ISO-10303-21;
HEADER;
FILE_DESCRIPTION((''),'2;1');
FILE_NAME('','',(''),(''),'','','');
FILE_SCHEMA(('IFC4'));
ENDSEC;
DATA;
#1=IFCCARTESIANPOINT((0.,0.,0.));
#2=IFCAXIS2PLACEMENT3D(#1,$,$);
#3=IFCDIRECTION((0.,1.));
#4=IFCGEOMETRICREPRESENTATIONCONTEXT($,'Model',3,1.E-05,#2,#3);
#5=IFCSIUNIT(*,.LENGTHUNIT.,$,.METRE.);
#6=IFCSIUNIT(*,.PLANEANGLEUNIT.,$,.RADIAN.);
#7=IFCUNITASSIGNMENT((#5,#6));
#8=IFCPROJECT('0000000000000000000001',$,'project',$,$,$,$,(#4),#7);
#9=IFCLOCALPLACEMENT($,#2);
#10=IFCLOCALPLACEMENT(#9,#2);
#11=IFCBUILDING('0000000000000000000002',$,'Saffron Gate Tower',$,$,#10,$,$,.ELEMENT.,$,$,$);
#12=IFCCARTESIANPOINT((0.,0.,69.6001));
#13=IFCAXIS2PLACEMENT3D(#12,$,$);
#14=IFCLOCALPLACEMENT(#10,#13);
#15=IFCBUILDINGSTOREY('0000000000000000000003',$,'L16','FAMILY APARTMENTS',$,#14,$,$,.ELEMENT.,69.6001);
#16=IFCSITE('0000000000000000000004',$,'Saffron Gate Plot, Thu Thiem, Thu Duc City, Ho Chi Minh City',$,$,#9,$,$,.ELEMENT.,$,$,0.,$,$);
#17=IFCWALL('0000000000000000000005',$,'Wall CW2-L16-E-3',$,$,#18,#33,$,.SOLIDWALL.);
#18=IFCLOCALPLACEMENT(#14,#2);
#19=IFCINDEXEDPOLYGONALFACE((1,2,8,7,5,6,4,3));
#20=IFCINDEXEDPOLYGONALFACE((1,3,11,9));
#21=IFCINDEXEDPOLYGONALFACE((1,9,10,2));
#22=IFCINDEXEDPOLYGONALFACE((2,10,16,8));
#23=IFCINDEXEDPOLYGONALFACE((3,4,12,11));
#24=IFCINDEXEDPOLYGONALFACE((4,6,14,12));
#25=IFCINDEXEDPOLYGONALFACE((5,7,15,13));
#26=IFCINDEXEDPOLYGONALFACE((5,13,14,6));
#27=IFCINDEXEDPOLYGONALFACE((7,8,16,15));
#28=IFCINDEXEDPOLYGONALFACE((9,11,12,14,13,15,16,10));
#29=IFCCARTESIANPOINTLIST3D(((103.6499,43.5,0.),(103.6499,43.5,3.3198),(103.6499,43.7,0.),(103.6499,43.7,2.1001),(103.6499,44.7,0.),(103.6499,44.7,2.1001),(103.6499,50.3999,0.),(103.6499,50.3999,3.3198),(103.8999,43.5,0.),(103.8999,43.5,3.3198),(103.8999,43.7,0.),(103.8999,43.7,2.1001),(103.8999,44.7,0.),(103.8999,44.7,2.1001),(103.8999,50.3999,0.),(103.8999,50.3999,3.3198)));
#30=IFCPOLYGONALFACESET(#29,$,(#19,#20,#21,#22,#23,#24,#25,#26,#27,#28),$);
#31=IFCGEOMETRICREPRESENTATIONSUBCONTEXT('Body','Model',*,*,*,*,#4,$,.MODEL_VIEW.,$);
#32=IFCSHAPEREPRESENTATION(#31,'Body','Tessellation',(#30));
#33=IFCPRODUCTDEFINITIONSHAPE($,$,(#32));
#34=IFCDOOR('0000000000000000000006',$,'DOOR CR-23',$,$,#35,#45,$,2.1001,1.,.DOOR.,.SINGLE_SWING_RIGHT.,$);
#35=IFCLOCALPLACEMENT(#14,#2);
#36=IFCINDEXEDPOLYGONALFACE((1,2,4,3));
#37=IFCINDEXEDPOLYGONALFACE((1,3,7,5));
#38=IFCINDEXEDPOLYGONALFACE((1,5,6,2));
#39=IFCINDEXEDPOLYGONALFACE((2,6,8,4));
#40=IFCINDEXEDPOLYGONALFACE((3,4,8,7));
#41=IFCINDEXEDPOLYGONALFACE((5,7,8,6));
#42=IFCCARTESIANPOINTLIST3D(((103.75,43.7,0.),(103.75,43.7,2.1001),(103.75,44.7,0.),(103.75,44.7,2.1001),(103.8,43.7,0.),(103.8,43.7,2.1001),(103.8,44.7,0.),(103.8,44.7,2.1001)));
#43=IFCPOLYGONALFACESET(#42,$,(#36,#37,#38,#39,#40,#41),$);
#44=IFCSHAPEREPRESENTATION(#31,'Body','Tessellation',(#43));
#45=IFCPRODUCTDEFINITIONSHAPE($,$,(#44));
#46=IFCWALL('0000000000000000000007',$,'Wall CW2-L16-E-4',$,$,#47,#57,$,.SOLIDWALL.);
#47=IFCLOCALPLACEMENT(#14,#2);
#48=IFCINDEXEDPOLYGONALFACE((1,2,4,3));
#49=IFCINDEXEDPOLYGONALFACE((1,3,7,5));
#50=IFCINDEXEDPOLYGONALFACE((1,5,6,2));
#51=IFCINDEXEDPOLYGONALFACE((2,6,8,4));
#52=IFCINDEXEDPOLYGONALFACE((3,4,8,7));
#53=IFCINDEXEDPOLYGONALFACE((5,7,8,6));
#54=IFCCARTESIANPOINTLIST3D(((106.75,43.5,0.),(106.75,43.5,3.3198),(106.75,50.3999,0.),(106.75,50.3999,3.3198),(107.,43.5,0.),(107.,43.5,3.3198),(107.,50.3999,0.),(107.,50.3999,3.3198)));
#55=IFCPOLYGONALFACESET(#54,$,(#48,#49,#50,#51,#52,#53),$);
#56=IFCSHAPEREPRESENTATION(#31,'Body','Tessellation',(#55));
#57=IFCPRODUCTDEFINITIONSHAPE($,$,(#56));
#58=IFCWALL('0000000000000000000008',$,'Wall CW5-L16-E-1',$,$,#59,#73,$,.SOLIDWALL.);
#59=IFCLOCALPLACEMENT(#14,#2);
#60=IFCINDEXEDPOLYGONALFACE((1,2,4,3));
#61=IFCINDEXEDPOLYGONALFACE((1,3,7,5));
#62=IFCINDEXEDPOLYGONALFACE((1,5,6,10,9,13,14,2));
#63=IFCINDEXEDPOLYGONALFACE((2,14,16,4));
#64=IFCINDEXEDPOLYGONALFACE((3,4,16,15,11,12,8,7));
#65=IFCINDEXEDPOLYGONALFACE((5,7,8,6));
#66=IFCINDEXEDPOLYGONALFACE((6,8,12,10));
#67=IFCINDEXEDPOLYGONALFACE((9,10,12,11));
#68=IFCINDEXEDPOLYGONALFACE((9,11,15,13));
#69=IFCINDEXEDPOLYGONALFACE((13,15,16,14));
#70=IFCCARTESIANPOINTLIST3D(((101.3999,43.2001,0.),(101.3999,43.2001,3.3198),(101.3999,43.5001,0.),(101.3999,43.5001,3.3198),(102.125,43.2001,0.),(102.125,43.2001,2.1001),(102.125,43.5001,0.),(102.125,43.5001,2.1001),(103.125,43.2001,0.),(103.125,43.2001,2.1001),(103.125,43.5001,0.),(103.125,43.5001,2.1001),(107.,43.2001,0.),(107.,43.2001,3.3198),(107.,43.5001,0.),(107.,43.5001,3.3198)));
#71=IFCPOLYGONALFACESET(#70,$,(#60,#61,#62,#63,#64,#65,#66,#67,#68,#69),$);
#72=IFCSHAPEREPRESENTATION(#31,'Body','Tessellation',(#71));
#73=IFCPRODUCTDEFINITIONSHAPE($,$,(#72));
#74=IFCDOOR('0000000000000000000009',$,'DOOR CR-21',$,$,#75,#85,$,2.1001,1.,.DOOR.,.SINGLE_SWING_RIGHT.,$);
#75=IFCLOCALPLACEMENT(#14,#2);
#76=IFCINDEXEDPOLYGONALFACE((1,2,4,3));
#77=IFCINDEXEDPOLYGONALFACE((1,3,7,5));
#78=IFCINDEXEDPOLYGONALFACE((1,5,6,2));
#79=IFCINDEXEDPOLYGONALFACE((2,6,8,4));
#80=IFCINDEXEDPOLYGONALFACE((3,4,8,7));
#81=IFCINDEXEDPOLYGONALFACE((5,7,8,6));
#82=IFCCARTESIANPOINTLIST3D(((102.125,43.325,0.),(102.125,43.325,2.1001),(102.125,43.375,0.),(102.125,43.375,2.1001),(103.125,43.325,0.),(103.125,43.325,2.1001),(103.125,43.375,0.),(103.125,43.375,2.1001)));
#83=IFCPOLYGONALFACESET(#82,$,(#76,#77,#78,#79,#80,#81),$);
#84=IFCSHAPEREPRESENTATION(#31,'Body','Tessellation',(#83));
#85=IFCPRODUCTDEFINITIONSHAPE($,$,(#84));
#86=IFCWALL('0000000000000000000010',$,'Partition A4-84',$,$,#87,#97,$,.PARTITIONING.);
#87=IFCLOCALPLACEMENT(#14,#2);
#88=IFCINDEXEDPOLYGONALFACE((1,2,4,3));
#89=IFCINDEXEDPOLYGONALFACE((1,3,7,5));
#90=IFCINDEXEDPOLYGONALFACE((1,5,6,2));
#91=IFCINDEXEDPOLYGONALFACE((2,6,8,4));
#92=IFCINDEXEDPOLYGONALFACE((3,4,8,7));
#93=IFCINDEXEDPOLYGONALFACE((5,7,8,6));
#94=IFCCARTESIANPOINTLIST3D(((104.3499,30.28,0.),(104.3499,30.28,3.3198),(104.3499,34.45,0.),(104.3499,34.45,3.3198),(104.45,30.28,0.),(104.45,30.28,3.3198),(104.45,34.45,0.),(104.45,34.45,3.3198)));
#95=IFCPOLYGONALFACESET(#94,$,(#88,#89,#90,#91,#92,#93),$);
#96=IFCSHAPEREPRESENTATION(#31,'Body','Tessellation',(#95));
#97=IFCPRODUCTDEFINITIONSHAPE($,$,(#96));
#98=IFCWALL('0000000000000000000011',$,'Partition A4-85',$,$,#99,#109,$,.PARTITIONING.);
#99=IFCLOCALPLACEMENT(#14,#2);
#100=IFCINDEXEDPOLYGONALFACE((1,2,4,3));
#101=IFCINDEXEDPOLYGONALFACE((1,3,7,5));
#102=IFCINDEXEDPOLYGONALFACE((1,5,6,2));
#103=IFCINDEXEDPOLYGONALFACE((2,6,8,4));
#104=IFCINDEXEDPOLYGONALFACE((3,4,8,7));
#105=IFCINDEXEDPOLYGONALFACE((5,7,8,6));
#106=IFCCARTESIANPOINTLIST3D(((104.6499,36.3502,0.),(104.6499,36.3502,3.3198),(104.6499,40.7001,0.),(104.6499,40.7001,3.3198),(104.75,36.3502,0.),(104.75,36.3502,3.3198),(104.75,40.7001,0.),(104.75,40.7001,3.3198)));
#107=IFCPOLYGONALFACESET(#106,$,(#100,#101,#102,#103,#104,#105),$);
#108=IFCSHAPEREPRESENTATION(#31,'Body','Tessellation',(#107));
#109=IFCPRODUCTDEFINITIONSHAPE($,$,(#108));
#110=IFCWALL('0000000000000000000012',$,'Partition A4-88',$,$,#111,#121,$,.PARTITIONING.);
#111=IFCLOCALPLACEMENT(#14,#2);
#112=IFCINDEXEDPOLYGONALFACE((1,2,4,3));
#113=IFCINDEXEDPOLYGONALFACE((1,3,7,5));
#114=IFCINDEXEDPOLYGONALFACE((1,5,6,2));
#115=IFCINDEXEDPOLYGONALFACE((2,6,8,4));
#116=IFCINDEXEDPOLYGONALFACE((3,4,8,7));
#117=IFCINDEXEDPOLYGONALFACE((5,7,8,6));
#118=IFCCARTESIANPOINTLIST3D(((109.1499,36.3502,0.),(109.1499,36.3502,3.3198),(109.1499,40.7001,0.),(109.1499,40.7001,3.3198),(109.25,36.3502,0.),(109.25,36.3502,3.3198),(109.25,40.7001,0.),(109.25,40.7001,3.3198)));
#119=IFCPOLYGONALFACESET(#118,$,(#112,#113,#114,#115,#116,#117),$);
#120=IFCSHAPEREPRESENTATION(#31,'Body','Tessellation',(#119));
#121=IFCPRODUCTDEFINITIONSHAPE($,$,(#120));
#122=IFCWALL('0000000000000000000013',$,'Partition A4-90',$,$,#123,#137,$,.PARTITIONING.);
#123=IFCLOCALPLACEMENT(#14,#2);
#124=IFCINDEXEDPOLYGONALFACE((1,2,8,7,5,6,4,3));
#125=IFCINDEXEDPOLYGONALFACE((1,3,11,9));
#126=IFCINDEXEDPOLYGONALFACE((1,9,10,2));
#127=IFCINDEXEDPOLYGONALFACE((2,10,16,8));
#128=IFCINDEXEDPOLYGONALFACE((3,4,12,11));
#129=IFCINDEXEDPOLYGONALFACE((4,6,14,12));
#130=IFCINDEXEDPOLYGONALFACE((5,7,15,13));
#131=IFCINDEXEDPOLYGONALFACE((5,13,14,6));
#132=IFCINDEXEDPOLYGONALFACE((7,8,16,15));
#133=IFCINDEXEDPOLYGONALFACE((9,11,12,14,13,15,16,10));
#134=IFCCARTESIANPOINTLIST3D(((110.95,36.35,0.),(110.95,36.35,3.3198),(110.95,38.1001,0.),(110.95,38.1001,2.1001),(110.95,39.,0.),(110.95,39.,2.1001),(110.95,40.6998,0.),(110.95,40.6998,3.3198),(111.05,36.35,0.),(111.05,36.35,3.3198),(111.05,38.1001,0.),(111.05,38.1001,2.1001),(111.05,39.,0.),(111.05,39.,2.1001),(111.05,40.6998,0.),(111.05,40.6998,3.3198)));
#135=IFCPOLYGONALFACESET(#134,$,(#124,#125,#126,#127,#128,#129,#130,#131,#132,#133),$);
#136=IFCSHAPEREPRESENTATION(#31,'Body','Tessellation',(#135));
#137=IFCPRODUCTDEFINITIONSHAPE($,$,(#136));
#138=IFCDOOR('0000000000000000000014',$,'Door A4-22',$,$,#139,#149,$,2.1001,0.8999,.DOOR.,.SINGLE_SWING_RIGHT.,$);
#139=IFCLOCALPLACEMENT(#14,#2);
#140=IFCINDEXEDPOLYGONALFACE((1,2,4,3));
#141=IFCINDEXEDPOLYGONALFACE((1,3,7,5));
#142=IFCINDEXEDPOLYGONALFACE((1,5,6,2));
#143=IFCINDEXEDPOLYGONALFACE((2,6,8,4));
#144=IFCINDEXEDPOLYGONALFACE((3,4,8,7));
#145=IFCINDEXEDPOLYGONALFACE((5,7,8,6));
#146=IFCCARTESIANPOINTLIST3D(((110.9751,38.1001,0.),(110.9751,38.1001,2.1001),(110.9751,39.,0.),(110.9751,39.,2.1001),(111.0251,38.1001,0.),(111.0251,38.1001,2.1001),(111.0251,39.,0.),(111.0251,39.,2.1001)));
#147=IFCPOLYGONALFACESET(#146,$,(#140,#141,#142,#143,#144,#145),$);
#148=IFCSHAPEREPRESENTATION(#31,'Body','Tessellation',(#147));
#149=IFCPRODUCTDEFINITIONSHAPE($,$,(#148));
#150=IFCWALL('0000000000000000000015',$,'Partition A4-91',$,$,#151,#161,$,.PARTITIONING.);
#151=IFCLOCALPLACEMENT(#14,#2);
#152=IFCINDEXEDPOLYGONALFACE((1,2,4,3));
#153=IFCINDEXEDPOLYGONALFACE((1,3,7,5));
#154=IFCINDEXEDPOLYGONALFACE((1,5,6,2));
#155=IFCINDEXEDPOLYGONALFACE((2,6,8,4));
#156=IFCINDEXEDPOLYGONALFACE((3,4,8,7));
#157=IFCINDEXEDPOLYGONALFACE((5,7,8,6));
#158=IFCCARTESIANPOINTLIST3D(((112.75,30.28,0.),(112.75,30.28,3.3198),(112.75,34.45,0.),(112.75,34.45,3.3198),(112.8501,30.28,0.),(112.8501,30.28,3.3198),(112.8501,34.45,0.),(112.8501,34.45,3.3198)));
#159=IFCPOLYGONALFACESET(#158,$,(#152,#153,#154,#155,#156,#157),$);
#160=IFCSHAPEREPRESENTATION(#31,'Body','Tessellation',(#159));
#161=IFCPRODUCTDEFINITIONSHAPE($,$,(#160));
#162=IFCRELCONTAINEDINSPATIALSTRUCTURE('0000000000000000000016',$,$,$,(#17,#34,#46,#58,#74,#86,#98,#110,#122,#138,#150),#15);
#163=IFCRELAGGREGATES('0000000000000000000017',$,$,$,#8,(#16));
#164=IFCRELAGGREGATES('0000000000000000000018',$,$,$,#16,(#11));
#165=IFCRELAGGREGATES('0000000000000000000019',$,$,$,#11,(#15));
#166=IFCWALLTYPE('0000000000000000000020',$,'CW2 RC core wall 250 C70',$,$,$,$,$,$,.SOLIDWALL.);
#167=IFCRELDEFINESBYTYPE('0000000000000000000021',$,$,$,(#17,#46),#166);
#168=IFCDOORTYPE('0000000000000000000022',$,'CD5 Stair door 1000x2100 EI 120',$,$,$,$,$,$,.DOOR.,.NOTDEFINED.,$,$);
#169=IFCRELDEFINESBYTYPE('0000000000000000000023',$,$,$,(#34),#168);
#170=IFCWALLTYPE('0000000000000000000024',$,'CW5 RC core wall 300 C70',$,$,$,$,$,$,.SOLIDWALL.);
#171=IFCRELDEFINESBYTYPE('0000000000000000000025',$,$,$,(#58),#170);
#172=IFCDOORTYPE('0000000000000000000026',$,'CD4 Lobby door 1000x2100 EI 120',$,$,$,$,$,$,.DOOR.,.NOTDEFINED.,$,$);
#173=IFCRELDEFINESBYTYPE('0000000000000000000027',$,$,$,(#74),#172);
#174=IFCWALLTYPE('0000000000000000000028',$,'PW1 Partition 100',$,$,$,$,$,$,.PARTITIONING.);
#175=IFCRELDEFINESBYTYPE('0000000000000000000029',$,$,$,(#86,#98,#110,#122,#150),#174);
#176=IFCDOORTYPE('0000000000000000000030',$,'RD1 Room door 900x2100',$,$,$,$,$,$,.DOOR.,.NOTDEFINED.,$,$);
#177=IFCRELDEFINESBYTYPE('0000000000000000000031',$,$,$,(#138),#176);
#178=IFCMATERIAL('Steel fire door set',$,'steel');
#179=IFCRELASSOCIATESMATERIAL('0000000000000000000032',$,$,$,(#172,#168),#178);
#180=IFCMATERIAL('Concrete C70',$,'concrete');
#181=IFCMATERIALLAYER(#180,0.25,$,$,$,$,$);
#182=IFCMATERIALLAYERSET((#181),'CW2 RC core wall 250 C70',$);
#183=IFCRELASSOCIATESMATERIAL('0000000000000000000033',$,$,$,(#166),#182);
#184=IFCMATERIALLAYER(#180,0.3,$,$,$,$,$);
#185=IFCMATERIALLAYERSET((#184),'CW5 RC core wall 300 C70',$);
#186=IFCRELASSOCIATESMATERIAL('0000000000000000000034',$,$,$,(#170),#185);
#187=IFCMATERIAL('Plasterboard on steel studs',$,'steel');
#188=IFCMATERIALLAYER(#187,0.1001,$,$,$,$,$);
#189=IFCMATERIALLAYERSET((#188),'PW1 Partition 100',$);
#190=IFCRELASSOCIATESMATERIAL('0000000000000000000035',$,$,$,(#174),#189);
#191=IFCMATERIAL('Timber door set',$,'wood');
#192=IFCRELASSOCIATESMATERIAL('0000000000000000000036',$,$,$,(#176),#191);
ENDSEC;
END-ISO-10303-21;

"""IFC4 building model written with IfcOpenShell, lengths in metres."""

from ifc_helpers import new_model, si_unit, direction, frame, frame_2d, origin, place, context, subcontext, project, spatial, rectangle, extrude, material, layer, layer_set, type_object, element, fill, save


model = new_model("IFC4")

# Units and contexts
model_context = context("Model", 3, precision=1e-05, world=origin(), true_north=direction((0.0, 1.0)))
body_context = subcontext(model_context, "Body", "Model", "MODEL_VIEW")
ifc_project = project(units=[si_unit("LENGTHUNIT", "METRE"), si_unit("PLANEANGLEUNIT", "RADIAN")], contexts=[model_context])

# Site, building, storey
site_placement = place(None, origin())
site = spatial("IfcSite", under=ifc_project, at=site_placement, Name="Saffron Gate Plot, Thu Thiem, Thu Duc City, Ho Chi Minh City", CompositionType="ELEMENT", RefElevation=0.0)
building_placement = place(site_placement, origin())
building = spatial("IfcBuilding", under=site, at=building_placement, Name="Saffron Gate Tower", CompositionType="ELEMENT")
storey_placement = place(building_placement, frame((0.0, 0.0, 69.6001)))
storey = spatial("IfcBuildingStorey", under=building, at=storey_placement, Name="L16", Description="FAMILY APARTMENTS", CompositionType="ELEMENT", Elevation=69.6001)

# Wall, opening, door
ifc_material_1 = material(Name="Steel fire door set", Category="steel")
door_type_1 = type_object("IfcDoorType", Name="CD4 Lobby door 1000x2100 EI 120", OperationType="NOTDEFINED", PredefinedType="DOOR", material=ifc_material_1)
ifc_material_2 = material(Name="Concrete C70", Category="concrete")
ifc_layer_1 = layer(ifc_material_2, 0.25)
ifc_layer_set_1 = layer_set([ifc_layer_1], Name="CW2 RC core wall 250 C70")
wall_type_1 = type_object("IfcWallType", Name="CW2 RC core wall 250 C70", PredefinedType="SOLIDWALL", material=ifc_layer_set_1)
wall_1_placement = place(storey_placement, frame((103.7749, 43.5, 0.0), z_axis=(0.0, 0.0, 1.0), x_axis=(0.0, 1.0, 0.0)))
wall_1 = element("IfcWall", 1, at=wall_1_placement, inside=storey, type_object=wall_type_1, Name="Wall CW2-L16-E-3", PredefinedType="SOLIDWALL", context=body_context, shape_type="SweptSolid", body=[
    extrude(rectangle(XDim=6.8999, YDim=0.25, at=frame_2d((3.45, 0.0))), origin(), (0.0, 0.0, 1.0), 3.3198),
])
opening_1_placement = place(wall_1_placement, frame((0.2, 0.0, 0.0)))
opening_1 = element("IfcOpeningElement", 2, at=opening_1_placement, cuts=wall_1, PredefinedType="OPENING", context=body_context, shape_type="SweptSolid", body=[
    extrude(rectangle(XDim=1.0, YDim=2.1001, at=frame_2d((0.5, 1.05))), frame((0.0, 0.135, 0.0), z_axis=(0.0, -1.0, 0.0), x_axis=(1.0, 0.0, 0.0)), (0.0, 0.0, 1.0), 0.27),
])
door_type_2 = type_object("IfcDoorType", Name="CD5 Stair door 1000x2100 EI 120", OperationType="NOTDEFINED", PredefinedType="DOOR", material=ifc_material_1)
door_1_placement = place(opening_1_placement, origin())
door_1 = element("IfcDoor", 3, at=door_1_placement, inside=storey, type_object=door_type_2, Name="DOOR CR-23", OperationType="SINGLE_SWING_RIGHT", OverallHeight=2.1001, OverallWidth=1.0, PredefinedType="DOOR", context=body_context, shape_type="SweptSolid", body=[
    extrude(rectangle(XDim=1.0, YDim=2.1001, at=frame_2d((0.5, 1.05))), frame((0.0, 0.0249, 0.0), z_axis=(0.0, -1.0, 0.0), x_axis=(1.0, 0.0, 0.0)), (0.0, 0.0, 1.0), 0.05),
])
fill(opening_1, door_1)

# Wall
wall_2_placement = place(storey_placement, frame((106.875, 43.5, 0.0), z_axis=(0.0, 0.0, 1.0), x_axis=(0.0, 1.0, 0.0)))
element("IfcWall", 4, at=wall_2_placement, inside=storey, type_object=wall_type_1, Name="Wall CW2-L16-E-4", PredefinedType="SOLIDWALL", context=body_context, shape_type="SweptSolid", body=[
    extrude(rectangle(XDim=6.8999, YDim=0.25, at=frame_2d((3.45, 0.0))), origin(), (0.0, 0.0, 1.0), 3.3198),
])

# Wall, opening, door
ifc_layer_2 = layer(ifc_material_2, 0.3)
ifc_layer_set_2 = layer_set([ifc_layer_2], Name="CW5 RC core wall 300 C70")
wall_type_2 = type_object("IfcWallType", Name="CW5 RC core wall 300 C70", PredefinedType="SOLIDWALL", material=ifc_layer_set_2)
wall_3_placement = place(storey_placement, frame((101.3999, 43.3501, 0.0), z_axis=(0.0, 0.0, 1.0), x_axis=(1.0, 0.0, 0.0)))
wall_3 = element("IfcWall", 5, at=wall_3_placement, inside=storey, type_object=wall_type_2, Name="Wall CW5-L16-E-1", PredefinedType="SOLIDWALL", context=body_context, shape_type="SweptSolid", body=[
    extrude(rectangle(XDim=5.6001, YDim=0.3, at=frame_2d((2.8, 0.0))), origin(), (0.0, 0.0, 1.0), 3.3198),
])
opening_2_placement = place(wall_3_placement, frame((0.7251, 0.0, 0.0)))
opening_2 = element("IfcOpeningElement", 6, at=opening_2_placement, cuts=wall_3, PredefinedType="OPENING", context=body_context, shape_type="SweptSolid", body=[
    extrude(rectangle(XDim=1.0, YDim=2.1001, at=frame_2d((0.5, 1.05))), frame((0.0, 0.1602, 0.0), z_axis=(0.0, -1.0, 0.0), x_axis=(1.0, 0.0, 0.0)), (0.0, 0.0, 1.0), 0.3201),
])
door_2_placement = place(opening_2_placement, origin())
door_2 = element("IfcDoor", 7, at=door_2_placement, inside=storey, type_object=door_type_1, Name="DOOR CR-21", OperationType="SINGLE_SWING_RIGHT", OverallHeight=2.1001, OverallWidth=1.0, PredefinedType="DOOR", context=body_context, shape_type="SweptSolid", body=[
    extrude(rectangle(XDim=1.0, YDim=2.1001, at=frame_2d((0.5, 1.05))), frame((0.0, 0.0249, 0.0), z_axis=(0.0, -1.0, 0.0), x_axis=(1.0, 0.0, 0.0)), (0.0, 0.0, 1.0), 0.05),
])
fill(opening_2, door_2)

# Walls
ifc_material_3 = material(Name="Plasterboard on steel studs", Category="steel")
ifc_layer_3 = layer(ifc_material_3, 0.1001)
ifc_layer_set_3 = layer_set([ifc_layer_3], Name="PW1 Partition 100")
wall_type_3 = type_object("IfcWallType", Name="PW1 Partition 100", PredefinedType="PARTITIONING", material=ifc_layer_set_3)
wall_4_placement = place(storey_placement, frame((104.3999, 34.45, 0.0), z_axis=(0.0, 0.0, 1.0), x_axis=(0.0, -1.0, 0.0)))
element("IfcWall", 8, at=wall_4_placement, inside=storey, type_object=wall_type_3, Name="Partition A4-84", PredefinedType="PARTITIONING", context=body_context, shape_type="SweptSolid", body=[
    extrude(rectangle(XDim=4.1699, YDim=0.1001, at=frame_2d((2.085, 0.0))), origin(), (0.0, 0.0, 1.0), 3.3198),
])
for number, where, z_axis, x_axis, name in (
    (9, (104.7, 40.7, 0.0), (0.0, 0.0, 1.0), (0.0, -1.0, 0.0), "Partition A4-85"),
    (10, (109.2, 40.7, 0.0), (0.0, 0.0, 1.0), (0.0, -1.0, 0.0), "Partition A4-88"),
):
    element("IfcWall", number, at=place(storey_placement, frame(where, z_axis=z_axis, x_axis=x_axis)), inside=storey, type_object=wall_type_3, Name=name, PredefinedType="PARTITIONING", context=body_context, shape_type="SweptSolid", body=[
        extrude(rectangle(XDim=4.3499, YDim=0.1001, at=frame_2d((2.1748, 0.0))), origin(), (0.0, 0.0, 1.0), 3.3198),
    ])

# Wall, opening, door
wall_5_placement = place(storey_placement, frame((111.0, 36.3501, 0.0), z_axis=(0.0, 0.0, 1.0), x_axis=(0.0, 1.0, 0.0)))
wall_5 = element("IfcWall", 11, at=wall_5_placement, inside=storey, type_object=wall_type_3, Name="Partition A4-90", PredefinedType="PARTITIONING", context=body_context, shape_type="SweptSolid", body=[
    extrude(rectangle(XDim=4.3499, YDim=0.1001, at=frame_2d((2.1748, 0.0))), origin(), (0.0, 0.0, 1.0), 3.3198),
])
opening_3_placement = place(wall_5_placement, frame((1.75, 0.0, 0.0)))
opening_3 = element("IfcOpeningElement", 12, at=opening_3_placement, cuts=wall_5, PredefinedType="OPENING", context=body_context, shape_type="SweptSolid", body=[
    extrude(rectangle(XDim=0.8999, YDim=2.1001, at=frame_2d((0.45, 1.05))), frame((0.0, 0.0601, 0.0), z_axis=(0.0, -1.0, 0.0), x_axis=(1.0, 0.0, 0.0)), (0.0, 0.0, 1.0), 0.1201),
])
ifc_material_4 = material(Name="Timber door set", Category="wood")
door_type_3 = type_object("IfcDoorType", Name="RD1 Room door 900x2100", OperationType="NOTDEFINED", PredefinedType="DOOR", material=ifc_material_4)
door_3_placement = place(opening_3_placement, origin())
door_3 = element("IfcDoor", 13, at=door_3_placement, inside=storey, type_object=door_type_3, Name="Door A4-22", OperationType="SINGLE_SWING_RIGHT", OverallHeight=2.1001, OverallWidth=0.8999, PredefinedType="DOOR", context=body_context, shape_type="SweptSolid", body=[
    extrude(rectangle(XDim=0.8999, YDim=2.1001, at=frame_2d((0.45, 1.05))), frame((0.0, 0.0249, 0.0), z_axis=(0.0, -1.0, 0.0), x_axis=(1.0, 0.0, 0.0)), (0.0, 0.0, 1.0), 0.05),
])
fill(opening_3, door_3)

# Wall
wall_6_placement = place(storey_placement, frame((112.8, 34.45, 0.0), z_axis=(0.0, 0.0, 1.0), x_axis=(0.0, -1.0, 0.0)))
element("IfcWall", 14, at=wall_6_placement, inside=storey, type_object=wall_type_3, Name="Partition A4-91", PredefinedType="PARTITIONING", context=body_context, shape_type="SweptSolid", body=[
    extrude(rectangle(XDim=4.1699, YDim=0.1001, at=frame_2d((2.085, 0.0))), origin(), (0.0, 0.0, 1.0), 3.3198),
])

save(model, "model.ifc")
